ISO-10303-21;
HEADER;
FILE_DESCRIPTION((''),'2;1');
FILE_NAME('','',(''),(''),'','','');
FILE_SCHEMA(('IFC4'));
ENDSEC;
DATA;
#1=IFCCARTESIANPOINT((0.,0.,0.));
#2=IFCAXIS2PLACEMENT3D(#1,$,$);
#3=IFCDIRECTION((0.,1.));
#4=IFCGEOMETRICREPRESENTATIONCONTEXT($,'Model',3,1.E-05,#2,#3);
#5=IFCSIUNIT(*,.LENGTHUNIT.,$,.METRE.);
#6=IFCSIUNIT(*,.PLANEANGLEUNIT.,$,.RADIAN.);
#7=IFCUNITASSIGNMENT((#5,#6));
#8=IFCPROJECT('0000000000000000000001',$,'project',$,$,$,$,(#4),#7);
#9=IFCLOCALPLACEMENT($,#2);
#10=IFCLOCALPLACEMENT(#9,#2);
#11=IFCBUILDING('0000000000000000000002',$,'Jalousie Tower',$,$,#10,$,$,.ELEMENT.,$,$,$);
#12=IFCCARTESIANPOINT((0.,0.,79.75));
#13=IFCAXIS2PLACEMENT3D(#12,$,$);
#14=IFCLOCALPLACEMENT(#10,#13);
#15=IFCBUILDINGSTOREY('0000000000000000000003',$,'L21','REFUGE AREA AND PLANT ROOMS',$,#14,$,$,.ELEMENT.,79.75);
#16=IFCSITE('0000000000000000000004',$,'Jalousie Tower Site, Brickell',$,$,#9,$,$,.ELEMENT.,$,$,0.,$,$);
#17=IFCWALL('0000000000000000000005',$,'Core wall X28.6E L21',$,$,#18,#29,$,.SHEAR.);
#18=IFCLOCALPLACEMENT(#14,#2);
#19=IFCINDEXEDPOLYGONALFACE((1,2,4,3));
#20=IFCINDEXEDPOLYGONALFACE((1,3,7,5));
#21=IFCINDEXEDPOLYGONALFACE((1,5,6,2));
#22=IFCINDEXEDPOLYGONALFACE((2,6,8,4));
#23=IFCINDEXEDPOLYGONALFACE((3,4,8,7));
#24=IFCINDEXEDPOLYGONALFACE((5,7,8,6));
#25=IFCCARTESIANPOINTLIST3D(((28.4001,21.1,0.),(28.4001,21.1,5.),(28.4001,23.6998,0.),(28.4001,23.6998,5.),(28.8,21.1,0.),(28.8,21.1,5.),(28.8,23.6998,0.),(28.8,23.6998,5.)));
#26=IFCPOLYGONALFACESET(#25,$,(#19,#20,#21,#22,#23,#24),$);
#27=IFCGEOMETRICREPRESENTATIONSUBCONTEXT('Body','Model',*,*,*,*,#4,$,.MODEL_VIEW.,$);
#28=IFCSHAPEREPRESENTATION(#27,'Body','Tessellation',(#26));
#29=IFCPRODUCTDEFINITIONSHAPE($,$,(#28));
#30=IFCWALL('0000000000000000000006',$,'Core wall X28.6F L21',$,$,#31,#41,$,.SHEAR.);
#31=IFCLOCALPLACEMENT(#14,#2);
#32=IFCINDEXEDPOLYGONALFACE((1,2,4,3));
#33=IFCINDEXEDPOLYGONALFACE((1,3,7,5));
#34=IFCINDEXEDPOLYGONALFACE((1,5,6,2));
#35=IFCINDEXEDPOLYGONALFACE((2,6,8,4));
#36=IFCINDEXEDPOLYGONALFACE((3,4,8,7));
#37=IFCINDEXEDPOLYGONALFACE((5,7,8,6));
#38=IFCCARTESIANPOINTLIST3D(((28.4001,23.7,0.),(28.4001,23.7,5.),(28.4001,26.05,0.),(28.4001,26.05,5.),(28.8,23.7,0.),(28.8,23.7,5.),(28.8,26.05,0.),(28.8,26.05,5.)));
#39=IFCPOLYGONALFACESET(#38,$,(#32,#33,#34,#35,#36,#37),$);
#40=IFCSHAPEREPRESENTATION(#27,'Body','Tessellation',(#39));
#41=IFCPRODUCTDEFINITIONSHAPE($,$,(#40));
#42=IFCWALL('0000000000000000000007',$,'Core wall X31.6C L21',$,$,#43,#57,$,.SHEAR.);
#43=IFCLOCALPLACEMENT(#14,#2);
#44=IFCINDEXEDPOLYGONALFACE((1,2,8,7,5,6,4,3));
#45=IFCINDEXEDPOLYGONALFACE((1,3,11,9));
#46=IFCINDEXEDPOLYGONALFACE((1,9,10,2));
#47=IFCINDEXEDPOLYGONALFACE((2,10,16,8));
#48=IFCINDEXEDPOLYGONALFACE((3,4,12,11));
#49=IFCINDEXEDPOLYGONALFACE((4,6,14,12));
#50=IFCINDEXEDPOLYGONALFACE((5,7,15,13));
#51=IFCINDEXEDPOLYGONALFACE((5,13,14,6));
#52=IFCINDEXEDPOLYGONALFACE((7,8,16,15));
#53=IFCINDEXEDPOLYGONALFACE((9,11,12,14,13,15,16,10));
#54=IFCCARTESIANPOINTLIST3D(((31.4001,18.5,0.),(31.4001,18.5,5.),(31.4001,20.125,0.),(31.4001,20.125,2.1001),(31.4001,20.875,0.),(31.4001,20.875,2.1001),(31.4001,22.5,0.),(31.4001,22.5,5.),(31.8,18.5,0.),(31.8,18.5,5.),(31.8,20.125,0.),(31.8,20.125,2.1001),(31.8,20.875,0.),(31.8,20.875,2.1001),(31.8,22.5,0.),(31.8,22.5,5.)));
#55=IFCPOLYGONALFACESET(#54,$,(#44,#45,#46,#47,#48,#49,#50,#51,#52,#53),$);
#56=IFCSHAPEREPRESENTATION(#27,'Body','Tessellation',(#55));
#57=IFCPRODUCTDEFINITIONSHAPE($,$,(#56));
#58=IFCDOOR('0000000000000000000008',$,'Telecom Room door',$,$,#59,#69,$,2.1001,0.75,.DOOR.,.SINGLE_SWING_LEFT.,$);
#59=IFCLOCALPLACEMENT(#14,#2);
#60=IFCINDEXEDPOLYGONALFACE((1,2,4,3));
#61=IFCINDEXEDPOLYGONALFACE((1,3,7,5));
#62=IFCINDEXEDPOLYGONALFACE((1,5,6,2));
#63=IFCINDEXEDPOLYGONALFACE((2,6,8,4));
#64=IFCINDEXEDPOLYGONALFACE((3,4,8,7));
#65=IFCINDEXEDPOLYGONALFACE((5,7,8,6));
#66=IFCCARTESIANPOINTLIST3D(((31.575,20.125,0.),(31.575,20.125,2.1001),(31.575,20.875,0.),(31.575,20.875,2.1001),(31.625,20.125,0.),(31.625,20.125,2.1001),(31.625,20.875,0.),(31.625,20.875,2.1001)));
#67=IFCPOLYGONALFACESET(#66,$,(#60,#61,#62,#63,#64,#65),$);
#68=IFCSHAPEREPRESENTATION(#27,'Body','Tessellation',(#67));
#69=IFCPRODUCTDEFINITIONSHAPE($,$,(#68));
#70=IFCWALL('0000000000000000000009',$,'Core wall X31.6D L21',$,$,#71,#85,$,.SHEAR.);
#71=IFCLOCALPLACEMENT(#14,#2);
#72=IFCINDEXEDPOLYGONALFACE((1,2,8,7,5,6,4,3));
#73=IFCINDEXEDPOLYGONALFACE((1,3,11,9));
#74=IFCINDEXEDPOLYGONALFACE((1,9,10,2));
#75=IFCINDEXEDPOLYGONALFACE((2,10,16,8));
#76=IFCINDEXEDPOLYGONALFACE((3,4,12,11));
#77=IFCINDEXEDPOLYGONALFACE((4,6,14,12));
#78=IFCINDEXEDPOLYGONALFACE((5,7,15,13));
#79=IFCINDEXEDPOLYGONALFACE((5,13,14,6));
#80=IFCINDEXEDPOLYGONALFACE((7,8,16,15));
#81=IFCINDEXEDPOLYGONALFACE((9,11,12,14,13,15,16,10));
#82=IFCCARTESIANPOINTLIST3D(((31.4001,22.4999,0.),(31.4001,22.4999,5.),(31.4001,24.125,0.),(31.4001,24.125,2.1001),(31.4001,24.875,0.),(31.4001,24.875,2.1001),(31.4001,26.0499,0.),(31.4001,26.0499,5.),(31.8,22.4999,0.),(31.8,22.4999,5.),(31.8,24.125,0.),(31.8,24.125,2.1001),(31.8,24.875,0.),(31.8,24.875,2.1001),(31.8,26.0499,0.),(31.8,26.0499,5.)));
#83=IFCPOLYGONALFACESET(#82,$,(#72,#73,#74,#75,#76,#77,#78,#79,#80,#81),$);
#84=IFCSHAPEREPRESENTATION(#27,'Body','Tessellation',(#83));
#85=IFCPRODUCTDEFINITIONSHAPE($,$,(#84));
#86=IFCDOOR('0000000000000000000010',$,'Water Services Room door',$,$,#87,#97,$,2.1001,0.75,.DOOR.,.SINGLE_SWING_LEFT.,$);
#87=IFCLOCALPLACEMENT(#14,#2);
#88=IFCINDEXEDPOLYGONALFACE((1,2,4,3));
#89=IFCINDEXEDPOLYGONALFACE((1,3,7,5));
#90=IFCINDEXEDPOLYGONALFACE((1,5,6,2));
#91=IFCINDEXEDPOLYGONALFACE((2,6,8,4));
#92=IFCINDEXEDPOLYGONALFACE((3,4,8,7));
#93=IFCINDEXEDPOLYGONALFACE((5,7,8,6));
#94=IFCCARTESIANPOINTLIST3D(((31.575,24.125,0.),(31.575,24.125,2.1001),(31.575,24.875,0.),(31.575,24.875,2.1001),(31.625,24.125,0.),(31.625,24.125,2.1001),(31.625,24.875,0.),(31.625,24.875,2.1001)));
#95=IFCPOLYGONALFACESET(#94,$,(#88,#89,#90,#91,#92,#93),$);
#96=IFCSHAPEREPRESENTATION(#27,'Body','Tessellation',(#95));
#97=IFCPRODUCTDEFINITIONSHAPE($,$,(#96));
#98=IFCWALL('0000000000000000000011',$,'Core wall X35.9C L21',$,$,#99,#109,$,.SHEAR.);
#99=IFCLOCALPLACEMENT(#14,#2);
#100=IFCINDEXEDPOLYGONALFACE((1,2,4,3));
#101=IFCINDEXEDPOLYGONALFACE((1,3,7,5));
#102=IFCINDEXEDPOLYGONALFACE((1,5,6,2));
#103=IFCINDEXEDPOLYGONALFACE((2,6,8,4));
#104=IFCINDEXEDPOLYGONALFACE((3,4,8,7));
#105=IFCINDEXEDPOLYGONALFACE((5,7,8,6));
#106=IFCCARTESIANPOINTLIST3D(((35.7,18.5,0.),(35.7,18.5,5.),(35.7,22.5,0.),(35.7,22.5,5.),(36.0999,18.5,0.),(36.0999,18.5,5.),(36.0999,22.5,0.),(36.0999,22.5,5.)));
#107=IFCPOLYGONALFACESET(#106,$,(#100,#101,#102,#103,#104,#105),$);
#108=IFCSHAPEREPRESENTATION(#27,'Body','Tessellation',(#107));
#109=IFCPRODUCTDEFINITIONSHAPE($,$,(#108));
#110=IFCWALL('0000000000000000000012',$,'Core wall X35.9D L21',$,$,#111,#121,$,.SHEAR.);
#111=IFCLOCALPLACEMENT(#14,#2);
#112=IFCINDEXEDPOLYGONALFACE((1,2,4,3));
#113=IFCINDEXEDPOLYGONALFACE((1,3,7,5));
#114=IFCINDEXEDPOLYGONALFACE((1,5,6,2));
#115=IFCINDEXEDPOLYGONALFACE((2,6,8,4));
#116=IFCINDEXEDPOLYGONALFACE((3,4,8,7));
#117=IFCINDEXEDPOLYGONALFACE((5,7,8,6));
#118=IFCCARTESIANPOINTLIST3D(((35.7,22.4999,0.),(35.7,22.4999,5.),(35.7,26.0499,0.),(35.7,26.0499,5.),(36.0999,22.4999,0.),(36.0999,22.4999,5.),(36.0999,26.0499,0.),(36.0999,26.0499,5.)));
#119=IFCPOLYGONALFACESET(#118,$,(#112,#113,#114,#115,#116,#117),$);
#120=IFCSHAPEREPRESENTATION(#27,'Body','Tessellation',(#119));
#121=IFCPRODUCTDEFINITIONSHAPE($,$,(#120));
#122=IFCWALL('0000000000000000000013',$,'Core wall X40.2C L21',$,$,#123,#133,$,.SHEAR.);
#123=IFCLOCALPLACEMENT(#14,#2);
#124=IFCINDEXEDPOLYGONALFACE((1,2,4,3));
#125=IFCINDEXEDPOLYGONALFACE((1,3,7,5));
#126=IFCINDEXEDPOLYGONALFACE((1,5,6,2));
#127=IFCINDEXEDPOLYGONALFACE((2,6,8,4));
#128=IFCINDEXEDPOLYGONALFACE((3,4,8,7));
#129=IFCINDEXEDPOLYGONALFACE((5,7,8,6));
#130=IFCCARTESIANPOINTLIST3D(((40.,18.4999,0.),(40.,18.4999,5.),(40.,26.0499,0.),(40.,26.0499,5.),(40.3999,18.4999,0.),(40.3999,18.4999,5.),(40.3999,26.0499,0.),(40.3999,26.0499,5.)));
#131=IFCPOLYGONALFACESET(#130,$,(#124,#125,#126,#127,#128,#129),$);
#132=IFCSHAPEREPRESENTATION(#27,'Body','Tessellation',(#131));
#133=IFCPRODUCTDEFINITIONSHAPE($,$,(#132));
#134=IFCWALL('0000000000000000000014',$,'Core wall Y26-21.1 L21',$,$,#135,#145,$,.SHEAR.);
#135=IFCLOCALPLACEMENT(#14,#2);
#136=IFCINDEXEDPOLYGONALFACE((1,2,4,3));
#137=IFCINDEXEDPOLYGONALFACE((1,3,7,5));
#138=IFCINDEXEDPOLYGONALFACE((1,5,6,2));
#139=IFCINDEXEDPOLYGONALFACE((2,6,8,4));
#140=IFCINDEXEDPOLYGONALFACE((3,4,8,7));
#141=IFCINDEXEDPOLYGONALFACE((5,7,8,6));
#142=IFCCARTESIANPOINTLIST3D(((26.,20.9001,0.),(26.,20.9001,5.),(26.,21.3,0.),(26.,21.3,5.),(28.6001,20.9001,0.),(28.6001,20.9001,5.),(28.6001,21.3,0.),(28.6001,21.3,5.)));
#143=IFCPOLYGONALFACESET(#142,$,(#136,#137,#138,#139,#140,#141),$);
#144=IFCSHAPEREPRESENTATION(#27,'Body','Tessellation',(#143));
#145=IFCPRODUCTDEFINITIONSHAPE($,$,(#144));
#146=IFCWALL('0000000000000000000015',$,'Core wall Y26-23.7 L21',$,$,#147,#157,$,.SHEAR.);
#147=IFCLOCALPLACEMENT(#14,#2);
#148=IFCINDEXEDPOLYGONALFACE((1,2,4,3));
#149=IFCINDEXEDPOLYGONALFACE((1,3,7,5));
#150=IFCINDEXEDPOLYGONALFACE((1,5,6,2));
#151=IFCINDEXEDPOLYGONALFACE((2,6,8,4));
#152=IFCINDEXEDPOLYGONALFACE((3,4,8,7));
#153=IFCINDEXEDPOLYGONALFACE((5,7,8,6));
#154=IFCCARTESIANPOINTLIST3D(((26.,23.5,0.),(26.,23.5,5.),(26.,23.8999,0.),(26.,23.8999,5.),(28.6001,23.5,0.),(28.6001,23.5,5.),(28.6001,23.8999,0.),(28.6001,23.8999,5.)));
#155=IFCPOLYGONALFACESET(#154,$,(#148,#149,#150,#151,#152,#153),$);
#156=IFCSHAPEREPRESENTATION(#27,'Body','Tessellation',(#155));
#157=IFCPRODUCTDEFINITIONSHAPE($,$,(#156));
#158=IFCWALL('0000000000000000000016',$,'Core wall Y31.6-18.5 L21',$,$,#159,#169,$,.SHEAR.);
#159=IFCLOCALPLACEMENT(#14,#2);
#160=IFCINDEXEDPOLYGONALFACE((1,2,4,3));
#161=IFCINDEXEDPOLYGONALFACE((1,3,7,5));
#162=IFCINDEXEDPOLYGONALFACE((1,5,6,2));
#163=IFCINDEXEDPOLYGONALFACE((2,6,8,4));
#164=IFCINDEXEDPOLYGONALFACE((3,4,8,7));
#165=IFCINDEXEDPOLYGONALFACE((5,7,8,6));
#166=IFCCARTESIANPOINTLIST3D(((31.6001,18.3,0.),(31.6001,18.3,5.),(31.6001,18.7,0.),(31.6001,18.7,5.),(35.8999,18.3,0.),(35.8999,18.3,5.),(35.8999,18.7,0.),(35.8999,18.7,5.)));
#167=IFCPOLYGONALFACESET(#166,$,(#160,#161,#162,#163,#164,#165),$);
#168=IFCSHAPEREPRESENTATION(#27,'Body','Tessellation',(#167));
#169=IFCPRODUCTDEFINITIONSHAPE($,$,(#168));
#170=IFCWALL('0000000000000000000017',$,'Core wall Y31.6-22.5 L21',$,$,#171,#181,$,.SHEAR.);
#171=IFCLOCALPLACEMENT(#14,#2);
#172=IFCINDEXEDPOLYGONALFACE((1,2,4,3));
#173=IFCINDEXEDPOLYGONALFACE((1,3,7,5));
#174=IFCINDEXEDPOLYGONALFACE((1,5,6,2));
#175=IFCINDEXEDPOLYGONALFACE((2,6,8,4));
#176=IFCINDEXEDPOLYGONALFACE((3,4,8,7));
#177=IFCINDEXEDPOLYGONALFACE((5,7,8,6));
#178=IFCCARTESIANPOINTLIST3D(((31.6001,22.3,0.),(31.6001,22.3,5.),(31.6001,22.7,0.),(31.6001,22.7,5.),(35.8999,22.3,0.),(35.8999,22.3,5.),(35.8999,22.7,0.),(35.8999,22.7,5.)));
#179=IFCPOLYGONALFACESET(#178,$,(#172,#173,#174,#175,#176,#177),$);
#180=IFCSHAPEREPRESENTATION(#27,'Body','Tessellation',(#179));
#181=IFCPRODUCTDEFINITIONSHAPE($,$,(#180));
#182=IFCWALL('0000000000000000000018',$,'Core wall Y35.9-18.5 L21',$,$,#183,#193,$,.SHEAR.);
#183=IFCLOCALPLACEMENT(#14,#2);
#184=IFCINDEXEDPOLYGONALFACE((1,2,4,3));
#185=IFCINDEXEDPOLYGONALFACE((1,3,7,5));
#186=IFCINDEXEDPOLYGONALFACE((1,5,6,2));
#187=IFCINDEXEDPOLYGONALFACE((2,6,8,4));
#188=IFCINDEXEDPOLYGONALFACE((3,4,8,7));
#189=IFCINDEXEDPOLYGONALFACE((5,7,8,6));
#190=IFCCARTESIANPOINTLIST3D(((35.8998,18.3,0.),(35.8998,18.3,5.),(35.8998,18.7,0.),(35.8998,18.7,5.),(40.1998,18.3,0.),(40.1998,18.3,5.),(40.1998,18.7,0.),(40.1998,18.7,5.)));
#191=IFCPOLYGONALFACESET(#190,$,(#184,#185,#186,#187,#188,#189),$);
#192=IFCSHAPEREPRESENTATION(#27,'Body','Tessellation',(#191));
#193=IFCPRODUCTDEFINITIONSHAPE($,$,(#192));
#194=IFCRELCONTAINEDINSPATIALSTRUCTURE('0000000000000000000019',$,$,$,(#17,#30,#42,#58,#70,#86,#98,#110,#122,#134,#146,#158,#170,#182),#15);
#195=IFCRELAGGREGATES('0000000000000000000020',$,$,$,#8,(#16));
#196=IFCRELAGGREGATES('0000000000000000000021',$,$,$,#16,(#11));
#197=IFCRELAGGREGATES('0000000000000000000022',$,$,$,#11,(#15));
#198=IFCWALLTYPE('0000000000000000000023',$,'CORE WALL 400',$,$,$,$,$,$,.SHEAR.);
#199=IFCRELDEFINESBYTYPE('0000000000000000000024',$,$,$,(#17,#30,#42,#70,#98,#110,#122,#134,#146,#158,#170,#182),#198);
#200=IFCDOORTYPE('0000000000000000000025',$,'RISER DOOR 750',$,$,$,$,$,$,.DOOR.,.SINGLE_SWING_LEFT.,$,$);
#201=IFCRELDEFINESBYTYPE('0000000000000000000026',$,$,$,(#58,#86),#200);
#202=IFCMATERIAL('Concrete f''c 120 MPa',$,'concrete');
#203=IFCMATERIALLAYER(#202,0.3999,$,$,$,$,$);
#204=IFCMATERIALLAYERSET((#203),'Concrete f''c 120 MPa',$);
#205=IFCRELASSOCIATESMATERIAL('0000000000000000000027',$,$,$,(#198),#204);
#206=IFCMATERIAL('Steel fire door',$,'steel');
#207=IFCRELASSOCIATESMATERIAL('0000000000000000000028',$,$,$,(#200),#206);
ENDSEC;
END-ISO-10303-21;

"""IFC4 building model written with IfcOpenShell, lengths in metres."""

from ifc_helpers import new_model, si_unit, direction, frame, frame_2d, origin, place, context, subcontext, project, spatial, rectangle, extrude, material, layer, layer_set, type_object, element, fill, save


model = new_model("IFC4")

# Units and contexts
model_context = context("Model", 3, precision=1e-05, world=origin(), true_north=direction((0.0, 1.0)))
body_context = subcontext(model_context, "Body", "Model", "MODEL_VIEW")
ifc_project = project(units=[si_unit("LENGTHUNIT", "METRE"), si_unit("PLANEANGLEUNIT", "RADIAN")], contexts=[model_context])

# Site, building, storey
site_placement = place(None, origin())
site = spatial("IfcSite", under=ifc_project, at=site_placement, Name="Jalousie Tower Site, Brickell", CompositionType="ELEMENT", RefElevation=0.0)
building_placement = place(site_placement, origin())
building = spatial("IfcBuilding", under=site, at=building_placement, Name="Jalousie Tower", CompositionType="ELEMENT")
storey_placement = place(building_placement, frame((0.0, 0.0, 79.75)))
storey = spatial("IfcBuildingStorey", under=building, at=storey_placement, Name="L21", Description="REFUGE AREA AND PLANT ROOMS", CompositionType="ELEMENT", Elevation=79.75)

# Walls
ifc_material_1 = material(Name="Concrete f'c 120 MPa", Category="concrete")
ifc_layer = layer(ifc_material_1, 0.3999)
ifc_layer_set = layer_set([ifc_layer], Name="Concrete f'c 120 MPa")
wall_type_1 = type_object("IfcWallType", Name="CORE WALL 400", PredefinedType="SHEAR", material=ifc_layer_set)
wall_1_placement = place(storey_placement, frame((28.6001, 21.1001, 0.0), z_axis=(0.0, 0.0, 1.0), x_axis=(0.0, 1.0, 0.0)))
element("IfcWall", 1, at=wall_1_placement, inside=storey, type_object=wall_type_1, Name="Core wall X28.6E L21", PredefinedType="SHEAR", context=body_context, shape_type="SweptSolid", body=[
    extrude(rectangle(XDim=2.5999, YDim=0.3999, at=frame_2d((1.2998, 0.0))), origin(), (0.0, 0.0, 1.0), 5.0),
])
wall_2_placement = place(storey_placement, frame((28.6001, 23.7, 0.0), z_axis=(0.0, 0.0, 1.0), x_axis=(0.0, 1.0, 0.0)))
element("IfcWall", 2, at=wall_2_placement, inside=storey, type_object=wall_type_1, Name="Core wall X28.6F L21", PredefinedType="SHEAR", context=body_context, shape_type="SweptSolid", body=[
    extrude(rectangle(XDim=2.3501, YDim=0.3999, at=frame_2d((1.175, 0.0))), origin(), (0.0, 0.0, 1.0), 5.0),
])

# Walls, openings, doors
wall_3_placement = place(storey_placement, frame((31.6001, 18.5, 0.0), z_axis=(0.0, 0.0, 1.0), x_axis=(0.0, 1.0, 0.0)))
wall_3 = element("IfcWall", 3, at=wall_3_placement, inside=storey, type_object=wall_type_1, Name="Core wall X31.6C L21", PredefinedType="SHEAR", context=body_context, shape_type="SweptSolid", body=[
    extrude(rectangle(XDim=4.0, YDim=0.3999, at=frame_2d((2.0, 0.0))), origin(), (0.0, 0.0, 1.0), 5.0),
])
opening_1_placement = place(wall_3_placement, frame((1.625, 0.0, 0.0)))
opening_1 = element("IfcOpeningElement", 4, at=opening_1_placement, cuts=wall_3, PredefinedType="OPENING", context=body_context, shape_type="SweptSolid", body=[
    extrude(rectangle(XDim=0.75, YDim=2.1001, at=frame_2d((0.375, 1.05))), frame((0.0, 0.21, 0.0), z_axis=(0.0, -1.0, 0.0), x_axis=(1.0, 0.0, 0.0)), (0.0, 0.0, 1.0), 0.4199),
])
ifc_material_2 = material(Name="Steel fire door", Category="steel")
door_type_1 = type_object("IfcDoorType", Name="RISER DOOR 750", OperationType="SINGLE_SWING_LEFT", PredefinedType="DOOR", material=ifc_material_2)
door_1_placement = place(opening_1_placement, frame((0.75, 0.0, 0.0), z_axis=(0.0, 0.0, 1.0), x_axis=(-1.0, 0.0, 0.0)))
door_1 = element("IfcDoor", 5, at=door_1_placement, inside=storey, type_object=door_type_1, Name="Telecom Room door", OperationType="SINGLE_SWING_LEFT", OverallHeight=2.1001, OverallWidth=0.75, PredefinedType="DOOR", context=body_context, shape_type="SweptSolid", body=[
    extrude(rectangle(XDim=0.75, YDim=2.1001, at=frame_2d((0.375, 1.05))), frame((0.0, 0.0249, 0.0), z_axis=(0.0, -1.0, 0.0), x_axis=(1.0, 0.0, 0.0)), (0.0, 0.0, 1.0), 0.05),
])
fill(opening_1, door_1)
wall_4_placement = place(storey_placement, frame((31.6001, 22.5, 0.0), z_axis=(0.0, 0.0, 1.0), x_axis=(0.0, 1.0, 0.0)))
wall_4 = element("IfcWall", 6, at=wall_4_placement, inside=storey, type_object=wall_type_1, Name="Core wall X31.6D L21", PredefinedType="SHEAR", context=body_context, shape_type="SweptSolid", body=[
    extrude(rectangle(XDim=3.55, YDim=0.3999, at=frame_2d((1.7749, 0.0))), origin(), (0.0, 0.0, 1.0), 5.0),
])
opening_2_placement = place(wall_4_placement, frame((1.625, 0.0, 0.0)))
opening_2 = element("IfcOpeningElement", 7, at=opening_2_placement, cuts=wall_4, PredefinedType="OPENING", context=body_context, shape_type="SweptSolid", body=[
    extrude(rectangle(XDim=0.75, YDim=2.1001, at=frame_2d((0.375, 1.05))), frame((0.0, 0.21, 0.0), z_axis=(0.0, -1.0, 0.0), x_axis=(1.0, 0.0, 0.0)), (0.0, 0.0, 1.0), 0.4199),
])
door_2_placement = place(opening_2_placement, frame((0.75, 0.0, 0.0), z_axis=(0.0, 0.0, 1.0), x_axis=(-1.0, 0.0, 0.0)))
door_2 = element("IfcDoor", 8, at=door_2_placement, inside=storey, type_object=door_type_1, Name="Water Services Room door", OperationType="SINGLE_SWING_LEFT", OverallHeight=2.1001, OverallWidth=0.75, PredefinedType="DOOR", context=body_context, shape_type="SweptSolid", body=[
    extrude(rectangle(XDim=0.75, YDim=2.1001, at=frame_2d((0.375, 1.05))), frame((0.0, 0.0249, 0.0), z_axis=(0.0, -1.0, 0.0), x_axis=(1.0, 0.0, 0.0)), (0.0, 0.0, 1.0), 0.05),
])
fill(opening_2, door_2)

# Walls
wall_5_placement = place(storey_placement, frame((35.8999, 18.5, 0.0), z_axis=(0.0, 0.0, 1.0), x_axis=(0.0, 1.0, 0.0)))
element("IfcWall", 9, at=wall_5_placement, inside=storey, type_object=wall_type_1, Name="Core wall X35.9C L21", PredefinedType="SHEAR", context=body_context, shape_type="SweptSolid", body=[
    extrude(rectangle(XDim=4.0, YDim=0.3999, at=frame_2d((2.0, 0.0))), origin(), (0.0, 0.0, 1.0), 5.0),
])
wall_6_placement = place(storey_placement, frame((35.8999, 22.5, 0.0), z_axis=(0.0, 0.0, 1.0), x_axis=(0.0, 1.0, 0.0)))
element("IfcWall", 10, at=wall_6_placement, inside=storey, type_object=wall_type_1, Name="Core wall X35.9D L21", PredefinedType="SHEAR", context=body_context, shape_type="SweptSolid", body=[
    extrude(rectangle(XDim=3.55, YDim=0.3999, at=frame_2d((1.7749, 0.0))), origin(), (0.0, 0.0, 1.0), 5.0),
])
wall_7_placement = place(storey_placement, frame((40.2, 18.5, 0.0), z_axis=(0.0, 0.0, 1.0), x_axis=(0.0, 1.0, 0.0)))
element("IfcWall", 11, at=wall_7_placement, inside=storey, type_object=wall_type_1, Name="Core wall X40.2C L21", PredefinedType="SHEAR", context=body_context, shape_type="SweptSolid", body=[
    extrude(rectangle(XDim=7.55, YDim=0.3999, at=frame_2d((3.7749, 0.0))), origin(), (0.0, 0.0, 1.0), 5.0),
])
for number, where, z_axis, x_axis, name in (
    (12, (26.0, 21.1001, 0.0), (0.0, 0.0, 1.0), (1.0, 0.0, 0.0), "Core wall Y26-21.1 L21"),
    (13, (26.0, 23.7, 0.0), (0.0, 0.0, 1.0), (1.0, 0.0, 0.0), "Core wall Y26-23.7 L21"),
):
    element("IfcWall", number, at=place(storey_placement, frame(where, z_axis=z_axis, x_axis=x_axis)), inside=storey, type_object=wall_type_1, Name=name, PredefinedType="SHEAR", context=body_context, shape_type="SweptSolid", body=[
        extrude(rectangle(XDim=2.6001, YDim=0.3999, at=frame_2d((1.3, 0.0))), origin(), (0.0, 0.0, 1.0), 5.0),
    ])
for number, where, z_axis, x_axis, name in (
    (14, (31.6001, 18.5, 0.0), (0.0, 0.0, 1.0), (1.0, 0.0, 0.0), "Core wall Y31.6-18.5 L21"),
    (15, (31.6001, 22.5, 0.0), (0.0, 0.0, 1.0), (1.0, 0.0, 0.0), "Core wall Y31.6-22.5 L21"),
):
    element("IfcWall", number, at=place(storey_placement, frame(where, z_axis=z_axis, x_axis=x_axis)), inside=storey, type_object=wall_type_1, Name=name, PredefinedType="SHEAR", context=body_context, shape_type="SweptSolid", body=[
        extrude(rectangle(XDim=4.2998, YDim=0.3999, at=frame_2d((2.1499, 0.0))), origin(), (0.0, 0.0, 1.0), 5.0),
    ])
wall_8_placement = place(storey_placement, frame((35.8999, 18.5, 0.0), z_axis=(0.0, 0.0, 1.0), x_axis=(1.0, 0.0, 0.0)))
element("IfcWall", 16, at=wall_8_placement, inside=storey, type_object=wall_type_1, Name="Core wall Y35.9-18.5 L21", PredefinedType="SHEAR", context=body_context, shape_type="SweptSolid", body=[
    extrude(rectangle(XDim=4.3, YDim=0.3999, at=frame_2d((2.1499, 0.0))), origin(), (0.0, 0.0, 1.0), 5.0),
])

save(model, "model.ifc")
